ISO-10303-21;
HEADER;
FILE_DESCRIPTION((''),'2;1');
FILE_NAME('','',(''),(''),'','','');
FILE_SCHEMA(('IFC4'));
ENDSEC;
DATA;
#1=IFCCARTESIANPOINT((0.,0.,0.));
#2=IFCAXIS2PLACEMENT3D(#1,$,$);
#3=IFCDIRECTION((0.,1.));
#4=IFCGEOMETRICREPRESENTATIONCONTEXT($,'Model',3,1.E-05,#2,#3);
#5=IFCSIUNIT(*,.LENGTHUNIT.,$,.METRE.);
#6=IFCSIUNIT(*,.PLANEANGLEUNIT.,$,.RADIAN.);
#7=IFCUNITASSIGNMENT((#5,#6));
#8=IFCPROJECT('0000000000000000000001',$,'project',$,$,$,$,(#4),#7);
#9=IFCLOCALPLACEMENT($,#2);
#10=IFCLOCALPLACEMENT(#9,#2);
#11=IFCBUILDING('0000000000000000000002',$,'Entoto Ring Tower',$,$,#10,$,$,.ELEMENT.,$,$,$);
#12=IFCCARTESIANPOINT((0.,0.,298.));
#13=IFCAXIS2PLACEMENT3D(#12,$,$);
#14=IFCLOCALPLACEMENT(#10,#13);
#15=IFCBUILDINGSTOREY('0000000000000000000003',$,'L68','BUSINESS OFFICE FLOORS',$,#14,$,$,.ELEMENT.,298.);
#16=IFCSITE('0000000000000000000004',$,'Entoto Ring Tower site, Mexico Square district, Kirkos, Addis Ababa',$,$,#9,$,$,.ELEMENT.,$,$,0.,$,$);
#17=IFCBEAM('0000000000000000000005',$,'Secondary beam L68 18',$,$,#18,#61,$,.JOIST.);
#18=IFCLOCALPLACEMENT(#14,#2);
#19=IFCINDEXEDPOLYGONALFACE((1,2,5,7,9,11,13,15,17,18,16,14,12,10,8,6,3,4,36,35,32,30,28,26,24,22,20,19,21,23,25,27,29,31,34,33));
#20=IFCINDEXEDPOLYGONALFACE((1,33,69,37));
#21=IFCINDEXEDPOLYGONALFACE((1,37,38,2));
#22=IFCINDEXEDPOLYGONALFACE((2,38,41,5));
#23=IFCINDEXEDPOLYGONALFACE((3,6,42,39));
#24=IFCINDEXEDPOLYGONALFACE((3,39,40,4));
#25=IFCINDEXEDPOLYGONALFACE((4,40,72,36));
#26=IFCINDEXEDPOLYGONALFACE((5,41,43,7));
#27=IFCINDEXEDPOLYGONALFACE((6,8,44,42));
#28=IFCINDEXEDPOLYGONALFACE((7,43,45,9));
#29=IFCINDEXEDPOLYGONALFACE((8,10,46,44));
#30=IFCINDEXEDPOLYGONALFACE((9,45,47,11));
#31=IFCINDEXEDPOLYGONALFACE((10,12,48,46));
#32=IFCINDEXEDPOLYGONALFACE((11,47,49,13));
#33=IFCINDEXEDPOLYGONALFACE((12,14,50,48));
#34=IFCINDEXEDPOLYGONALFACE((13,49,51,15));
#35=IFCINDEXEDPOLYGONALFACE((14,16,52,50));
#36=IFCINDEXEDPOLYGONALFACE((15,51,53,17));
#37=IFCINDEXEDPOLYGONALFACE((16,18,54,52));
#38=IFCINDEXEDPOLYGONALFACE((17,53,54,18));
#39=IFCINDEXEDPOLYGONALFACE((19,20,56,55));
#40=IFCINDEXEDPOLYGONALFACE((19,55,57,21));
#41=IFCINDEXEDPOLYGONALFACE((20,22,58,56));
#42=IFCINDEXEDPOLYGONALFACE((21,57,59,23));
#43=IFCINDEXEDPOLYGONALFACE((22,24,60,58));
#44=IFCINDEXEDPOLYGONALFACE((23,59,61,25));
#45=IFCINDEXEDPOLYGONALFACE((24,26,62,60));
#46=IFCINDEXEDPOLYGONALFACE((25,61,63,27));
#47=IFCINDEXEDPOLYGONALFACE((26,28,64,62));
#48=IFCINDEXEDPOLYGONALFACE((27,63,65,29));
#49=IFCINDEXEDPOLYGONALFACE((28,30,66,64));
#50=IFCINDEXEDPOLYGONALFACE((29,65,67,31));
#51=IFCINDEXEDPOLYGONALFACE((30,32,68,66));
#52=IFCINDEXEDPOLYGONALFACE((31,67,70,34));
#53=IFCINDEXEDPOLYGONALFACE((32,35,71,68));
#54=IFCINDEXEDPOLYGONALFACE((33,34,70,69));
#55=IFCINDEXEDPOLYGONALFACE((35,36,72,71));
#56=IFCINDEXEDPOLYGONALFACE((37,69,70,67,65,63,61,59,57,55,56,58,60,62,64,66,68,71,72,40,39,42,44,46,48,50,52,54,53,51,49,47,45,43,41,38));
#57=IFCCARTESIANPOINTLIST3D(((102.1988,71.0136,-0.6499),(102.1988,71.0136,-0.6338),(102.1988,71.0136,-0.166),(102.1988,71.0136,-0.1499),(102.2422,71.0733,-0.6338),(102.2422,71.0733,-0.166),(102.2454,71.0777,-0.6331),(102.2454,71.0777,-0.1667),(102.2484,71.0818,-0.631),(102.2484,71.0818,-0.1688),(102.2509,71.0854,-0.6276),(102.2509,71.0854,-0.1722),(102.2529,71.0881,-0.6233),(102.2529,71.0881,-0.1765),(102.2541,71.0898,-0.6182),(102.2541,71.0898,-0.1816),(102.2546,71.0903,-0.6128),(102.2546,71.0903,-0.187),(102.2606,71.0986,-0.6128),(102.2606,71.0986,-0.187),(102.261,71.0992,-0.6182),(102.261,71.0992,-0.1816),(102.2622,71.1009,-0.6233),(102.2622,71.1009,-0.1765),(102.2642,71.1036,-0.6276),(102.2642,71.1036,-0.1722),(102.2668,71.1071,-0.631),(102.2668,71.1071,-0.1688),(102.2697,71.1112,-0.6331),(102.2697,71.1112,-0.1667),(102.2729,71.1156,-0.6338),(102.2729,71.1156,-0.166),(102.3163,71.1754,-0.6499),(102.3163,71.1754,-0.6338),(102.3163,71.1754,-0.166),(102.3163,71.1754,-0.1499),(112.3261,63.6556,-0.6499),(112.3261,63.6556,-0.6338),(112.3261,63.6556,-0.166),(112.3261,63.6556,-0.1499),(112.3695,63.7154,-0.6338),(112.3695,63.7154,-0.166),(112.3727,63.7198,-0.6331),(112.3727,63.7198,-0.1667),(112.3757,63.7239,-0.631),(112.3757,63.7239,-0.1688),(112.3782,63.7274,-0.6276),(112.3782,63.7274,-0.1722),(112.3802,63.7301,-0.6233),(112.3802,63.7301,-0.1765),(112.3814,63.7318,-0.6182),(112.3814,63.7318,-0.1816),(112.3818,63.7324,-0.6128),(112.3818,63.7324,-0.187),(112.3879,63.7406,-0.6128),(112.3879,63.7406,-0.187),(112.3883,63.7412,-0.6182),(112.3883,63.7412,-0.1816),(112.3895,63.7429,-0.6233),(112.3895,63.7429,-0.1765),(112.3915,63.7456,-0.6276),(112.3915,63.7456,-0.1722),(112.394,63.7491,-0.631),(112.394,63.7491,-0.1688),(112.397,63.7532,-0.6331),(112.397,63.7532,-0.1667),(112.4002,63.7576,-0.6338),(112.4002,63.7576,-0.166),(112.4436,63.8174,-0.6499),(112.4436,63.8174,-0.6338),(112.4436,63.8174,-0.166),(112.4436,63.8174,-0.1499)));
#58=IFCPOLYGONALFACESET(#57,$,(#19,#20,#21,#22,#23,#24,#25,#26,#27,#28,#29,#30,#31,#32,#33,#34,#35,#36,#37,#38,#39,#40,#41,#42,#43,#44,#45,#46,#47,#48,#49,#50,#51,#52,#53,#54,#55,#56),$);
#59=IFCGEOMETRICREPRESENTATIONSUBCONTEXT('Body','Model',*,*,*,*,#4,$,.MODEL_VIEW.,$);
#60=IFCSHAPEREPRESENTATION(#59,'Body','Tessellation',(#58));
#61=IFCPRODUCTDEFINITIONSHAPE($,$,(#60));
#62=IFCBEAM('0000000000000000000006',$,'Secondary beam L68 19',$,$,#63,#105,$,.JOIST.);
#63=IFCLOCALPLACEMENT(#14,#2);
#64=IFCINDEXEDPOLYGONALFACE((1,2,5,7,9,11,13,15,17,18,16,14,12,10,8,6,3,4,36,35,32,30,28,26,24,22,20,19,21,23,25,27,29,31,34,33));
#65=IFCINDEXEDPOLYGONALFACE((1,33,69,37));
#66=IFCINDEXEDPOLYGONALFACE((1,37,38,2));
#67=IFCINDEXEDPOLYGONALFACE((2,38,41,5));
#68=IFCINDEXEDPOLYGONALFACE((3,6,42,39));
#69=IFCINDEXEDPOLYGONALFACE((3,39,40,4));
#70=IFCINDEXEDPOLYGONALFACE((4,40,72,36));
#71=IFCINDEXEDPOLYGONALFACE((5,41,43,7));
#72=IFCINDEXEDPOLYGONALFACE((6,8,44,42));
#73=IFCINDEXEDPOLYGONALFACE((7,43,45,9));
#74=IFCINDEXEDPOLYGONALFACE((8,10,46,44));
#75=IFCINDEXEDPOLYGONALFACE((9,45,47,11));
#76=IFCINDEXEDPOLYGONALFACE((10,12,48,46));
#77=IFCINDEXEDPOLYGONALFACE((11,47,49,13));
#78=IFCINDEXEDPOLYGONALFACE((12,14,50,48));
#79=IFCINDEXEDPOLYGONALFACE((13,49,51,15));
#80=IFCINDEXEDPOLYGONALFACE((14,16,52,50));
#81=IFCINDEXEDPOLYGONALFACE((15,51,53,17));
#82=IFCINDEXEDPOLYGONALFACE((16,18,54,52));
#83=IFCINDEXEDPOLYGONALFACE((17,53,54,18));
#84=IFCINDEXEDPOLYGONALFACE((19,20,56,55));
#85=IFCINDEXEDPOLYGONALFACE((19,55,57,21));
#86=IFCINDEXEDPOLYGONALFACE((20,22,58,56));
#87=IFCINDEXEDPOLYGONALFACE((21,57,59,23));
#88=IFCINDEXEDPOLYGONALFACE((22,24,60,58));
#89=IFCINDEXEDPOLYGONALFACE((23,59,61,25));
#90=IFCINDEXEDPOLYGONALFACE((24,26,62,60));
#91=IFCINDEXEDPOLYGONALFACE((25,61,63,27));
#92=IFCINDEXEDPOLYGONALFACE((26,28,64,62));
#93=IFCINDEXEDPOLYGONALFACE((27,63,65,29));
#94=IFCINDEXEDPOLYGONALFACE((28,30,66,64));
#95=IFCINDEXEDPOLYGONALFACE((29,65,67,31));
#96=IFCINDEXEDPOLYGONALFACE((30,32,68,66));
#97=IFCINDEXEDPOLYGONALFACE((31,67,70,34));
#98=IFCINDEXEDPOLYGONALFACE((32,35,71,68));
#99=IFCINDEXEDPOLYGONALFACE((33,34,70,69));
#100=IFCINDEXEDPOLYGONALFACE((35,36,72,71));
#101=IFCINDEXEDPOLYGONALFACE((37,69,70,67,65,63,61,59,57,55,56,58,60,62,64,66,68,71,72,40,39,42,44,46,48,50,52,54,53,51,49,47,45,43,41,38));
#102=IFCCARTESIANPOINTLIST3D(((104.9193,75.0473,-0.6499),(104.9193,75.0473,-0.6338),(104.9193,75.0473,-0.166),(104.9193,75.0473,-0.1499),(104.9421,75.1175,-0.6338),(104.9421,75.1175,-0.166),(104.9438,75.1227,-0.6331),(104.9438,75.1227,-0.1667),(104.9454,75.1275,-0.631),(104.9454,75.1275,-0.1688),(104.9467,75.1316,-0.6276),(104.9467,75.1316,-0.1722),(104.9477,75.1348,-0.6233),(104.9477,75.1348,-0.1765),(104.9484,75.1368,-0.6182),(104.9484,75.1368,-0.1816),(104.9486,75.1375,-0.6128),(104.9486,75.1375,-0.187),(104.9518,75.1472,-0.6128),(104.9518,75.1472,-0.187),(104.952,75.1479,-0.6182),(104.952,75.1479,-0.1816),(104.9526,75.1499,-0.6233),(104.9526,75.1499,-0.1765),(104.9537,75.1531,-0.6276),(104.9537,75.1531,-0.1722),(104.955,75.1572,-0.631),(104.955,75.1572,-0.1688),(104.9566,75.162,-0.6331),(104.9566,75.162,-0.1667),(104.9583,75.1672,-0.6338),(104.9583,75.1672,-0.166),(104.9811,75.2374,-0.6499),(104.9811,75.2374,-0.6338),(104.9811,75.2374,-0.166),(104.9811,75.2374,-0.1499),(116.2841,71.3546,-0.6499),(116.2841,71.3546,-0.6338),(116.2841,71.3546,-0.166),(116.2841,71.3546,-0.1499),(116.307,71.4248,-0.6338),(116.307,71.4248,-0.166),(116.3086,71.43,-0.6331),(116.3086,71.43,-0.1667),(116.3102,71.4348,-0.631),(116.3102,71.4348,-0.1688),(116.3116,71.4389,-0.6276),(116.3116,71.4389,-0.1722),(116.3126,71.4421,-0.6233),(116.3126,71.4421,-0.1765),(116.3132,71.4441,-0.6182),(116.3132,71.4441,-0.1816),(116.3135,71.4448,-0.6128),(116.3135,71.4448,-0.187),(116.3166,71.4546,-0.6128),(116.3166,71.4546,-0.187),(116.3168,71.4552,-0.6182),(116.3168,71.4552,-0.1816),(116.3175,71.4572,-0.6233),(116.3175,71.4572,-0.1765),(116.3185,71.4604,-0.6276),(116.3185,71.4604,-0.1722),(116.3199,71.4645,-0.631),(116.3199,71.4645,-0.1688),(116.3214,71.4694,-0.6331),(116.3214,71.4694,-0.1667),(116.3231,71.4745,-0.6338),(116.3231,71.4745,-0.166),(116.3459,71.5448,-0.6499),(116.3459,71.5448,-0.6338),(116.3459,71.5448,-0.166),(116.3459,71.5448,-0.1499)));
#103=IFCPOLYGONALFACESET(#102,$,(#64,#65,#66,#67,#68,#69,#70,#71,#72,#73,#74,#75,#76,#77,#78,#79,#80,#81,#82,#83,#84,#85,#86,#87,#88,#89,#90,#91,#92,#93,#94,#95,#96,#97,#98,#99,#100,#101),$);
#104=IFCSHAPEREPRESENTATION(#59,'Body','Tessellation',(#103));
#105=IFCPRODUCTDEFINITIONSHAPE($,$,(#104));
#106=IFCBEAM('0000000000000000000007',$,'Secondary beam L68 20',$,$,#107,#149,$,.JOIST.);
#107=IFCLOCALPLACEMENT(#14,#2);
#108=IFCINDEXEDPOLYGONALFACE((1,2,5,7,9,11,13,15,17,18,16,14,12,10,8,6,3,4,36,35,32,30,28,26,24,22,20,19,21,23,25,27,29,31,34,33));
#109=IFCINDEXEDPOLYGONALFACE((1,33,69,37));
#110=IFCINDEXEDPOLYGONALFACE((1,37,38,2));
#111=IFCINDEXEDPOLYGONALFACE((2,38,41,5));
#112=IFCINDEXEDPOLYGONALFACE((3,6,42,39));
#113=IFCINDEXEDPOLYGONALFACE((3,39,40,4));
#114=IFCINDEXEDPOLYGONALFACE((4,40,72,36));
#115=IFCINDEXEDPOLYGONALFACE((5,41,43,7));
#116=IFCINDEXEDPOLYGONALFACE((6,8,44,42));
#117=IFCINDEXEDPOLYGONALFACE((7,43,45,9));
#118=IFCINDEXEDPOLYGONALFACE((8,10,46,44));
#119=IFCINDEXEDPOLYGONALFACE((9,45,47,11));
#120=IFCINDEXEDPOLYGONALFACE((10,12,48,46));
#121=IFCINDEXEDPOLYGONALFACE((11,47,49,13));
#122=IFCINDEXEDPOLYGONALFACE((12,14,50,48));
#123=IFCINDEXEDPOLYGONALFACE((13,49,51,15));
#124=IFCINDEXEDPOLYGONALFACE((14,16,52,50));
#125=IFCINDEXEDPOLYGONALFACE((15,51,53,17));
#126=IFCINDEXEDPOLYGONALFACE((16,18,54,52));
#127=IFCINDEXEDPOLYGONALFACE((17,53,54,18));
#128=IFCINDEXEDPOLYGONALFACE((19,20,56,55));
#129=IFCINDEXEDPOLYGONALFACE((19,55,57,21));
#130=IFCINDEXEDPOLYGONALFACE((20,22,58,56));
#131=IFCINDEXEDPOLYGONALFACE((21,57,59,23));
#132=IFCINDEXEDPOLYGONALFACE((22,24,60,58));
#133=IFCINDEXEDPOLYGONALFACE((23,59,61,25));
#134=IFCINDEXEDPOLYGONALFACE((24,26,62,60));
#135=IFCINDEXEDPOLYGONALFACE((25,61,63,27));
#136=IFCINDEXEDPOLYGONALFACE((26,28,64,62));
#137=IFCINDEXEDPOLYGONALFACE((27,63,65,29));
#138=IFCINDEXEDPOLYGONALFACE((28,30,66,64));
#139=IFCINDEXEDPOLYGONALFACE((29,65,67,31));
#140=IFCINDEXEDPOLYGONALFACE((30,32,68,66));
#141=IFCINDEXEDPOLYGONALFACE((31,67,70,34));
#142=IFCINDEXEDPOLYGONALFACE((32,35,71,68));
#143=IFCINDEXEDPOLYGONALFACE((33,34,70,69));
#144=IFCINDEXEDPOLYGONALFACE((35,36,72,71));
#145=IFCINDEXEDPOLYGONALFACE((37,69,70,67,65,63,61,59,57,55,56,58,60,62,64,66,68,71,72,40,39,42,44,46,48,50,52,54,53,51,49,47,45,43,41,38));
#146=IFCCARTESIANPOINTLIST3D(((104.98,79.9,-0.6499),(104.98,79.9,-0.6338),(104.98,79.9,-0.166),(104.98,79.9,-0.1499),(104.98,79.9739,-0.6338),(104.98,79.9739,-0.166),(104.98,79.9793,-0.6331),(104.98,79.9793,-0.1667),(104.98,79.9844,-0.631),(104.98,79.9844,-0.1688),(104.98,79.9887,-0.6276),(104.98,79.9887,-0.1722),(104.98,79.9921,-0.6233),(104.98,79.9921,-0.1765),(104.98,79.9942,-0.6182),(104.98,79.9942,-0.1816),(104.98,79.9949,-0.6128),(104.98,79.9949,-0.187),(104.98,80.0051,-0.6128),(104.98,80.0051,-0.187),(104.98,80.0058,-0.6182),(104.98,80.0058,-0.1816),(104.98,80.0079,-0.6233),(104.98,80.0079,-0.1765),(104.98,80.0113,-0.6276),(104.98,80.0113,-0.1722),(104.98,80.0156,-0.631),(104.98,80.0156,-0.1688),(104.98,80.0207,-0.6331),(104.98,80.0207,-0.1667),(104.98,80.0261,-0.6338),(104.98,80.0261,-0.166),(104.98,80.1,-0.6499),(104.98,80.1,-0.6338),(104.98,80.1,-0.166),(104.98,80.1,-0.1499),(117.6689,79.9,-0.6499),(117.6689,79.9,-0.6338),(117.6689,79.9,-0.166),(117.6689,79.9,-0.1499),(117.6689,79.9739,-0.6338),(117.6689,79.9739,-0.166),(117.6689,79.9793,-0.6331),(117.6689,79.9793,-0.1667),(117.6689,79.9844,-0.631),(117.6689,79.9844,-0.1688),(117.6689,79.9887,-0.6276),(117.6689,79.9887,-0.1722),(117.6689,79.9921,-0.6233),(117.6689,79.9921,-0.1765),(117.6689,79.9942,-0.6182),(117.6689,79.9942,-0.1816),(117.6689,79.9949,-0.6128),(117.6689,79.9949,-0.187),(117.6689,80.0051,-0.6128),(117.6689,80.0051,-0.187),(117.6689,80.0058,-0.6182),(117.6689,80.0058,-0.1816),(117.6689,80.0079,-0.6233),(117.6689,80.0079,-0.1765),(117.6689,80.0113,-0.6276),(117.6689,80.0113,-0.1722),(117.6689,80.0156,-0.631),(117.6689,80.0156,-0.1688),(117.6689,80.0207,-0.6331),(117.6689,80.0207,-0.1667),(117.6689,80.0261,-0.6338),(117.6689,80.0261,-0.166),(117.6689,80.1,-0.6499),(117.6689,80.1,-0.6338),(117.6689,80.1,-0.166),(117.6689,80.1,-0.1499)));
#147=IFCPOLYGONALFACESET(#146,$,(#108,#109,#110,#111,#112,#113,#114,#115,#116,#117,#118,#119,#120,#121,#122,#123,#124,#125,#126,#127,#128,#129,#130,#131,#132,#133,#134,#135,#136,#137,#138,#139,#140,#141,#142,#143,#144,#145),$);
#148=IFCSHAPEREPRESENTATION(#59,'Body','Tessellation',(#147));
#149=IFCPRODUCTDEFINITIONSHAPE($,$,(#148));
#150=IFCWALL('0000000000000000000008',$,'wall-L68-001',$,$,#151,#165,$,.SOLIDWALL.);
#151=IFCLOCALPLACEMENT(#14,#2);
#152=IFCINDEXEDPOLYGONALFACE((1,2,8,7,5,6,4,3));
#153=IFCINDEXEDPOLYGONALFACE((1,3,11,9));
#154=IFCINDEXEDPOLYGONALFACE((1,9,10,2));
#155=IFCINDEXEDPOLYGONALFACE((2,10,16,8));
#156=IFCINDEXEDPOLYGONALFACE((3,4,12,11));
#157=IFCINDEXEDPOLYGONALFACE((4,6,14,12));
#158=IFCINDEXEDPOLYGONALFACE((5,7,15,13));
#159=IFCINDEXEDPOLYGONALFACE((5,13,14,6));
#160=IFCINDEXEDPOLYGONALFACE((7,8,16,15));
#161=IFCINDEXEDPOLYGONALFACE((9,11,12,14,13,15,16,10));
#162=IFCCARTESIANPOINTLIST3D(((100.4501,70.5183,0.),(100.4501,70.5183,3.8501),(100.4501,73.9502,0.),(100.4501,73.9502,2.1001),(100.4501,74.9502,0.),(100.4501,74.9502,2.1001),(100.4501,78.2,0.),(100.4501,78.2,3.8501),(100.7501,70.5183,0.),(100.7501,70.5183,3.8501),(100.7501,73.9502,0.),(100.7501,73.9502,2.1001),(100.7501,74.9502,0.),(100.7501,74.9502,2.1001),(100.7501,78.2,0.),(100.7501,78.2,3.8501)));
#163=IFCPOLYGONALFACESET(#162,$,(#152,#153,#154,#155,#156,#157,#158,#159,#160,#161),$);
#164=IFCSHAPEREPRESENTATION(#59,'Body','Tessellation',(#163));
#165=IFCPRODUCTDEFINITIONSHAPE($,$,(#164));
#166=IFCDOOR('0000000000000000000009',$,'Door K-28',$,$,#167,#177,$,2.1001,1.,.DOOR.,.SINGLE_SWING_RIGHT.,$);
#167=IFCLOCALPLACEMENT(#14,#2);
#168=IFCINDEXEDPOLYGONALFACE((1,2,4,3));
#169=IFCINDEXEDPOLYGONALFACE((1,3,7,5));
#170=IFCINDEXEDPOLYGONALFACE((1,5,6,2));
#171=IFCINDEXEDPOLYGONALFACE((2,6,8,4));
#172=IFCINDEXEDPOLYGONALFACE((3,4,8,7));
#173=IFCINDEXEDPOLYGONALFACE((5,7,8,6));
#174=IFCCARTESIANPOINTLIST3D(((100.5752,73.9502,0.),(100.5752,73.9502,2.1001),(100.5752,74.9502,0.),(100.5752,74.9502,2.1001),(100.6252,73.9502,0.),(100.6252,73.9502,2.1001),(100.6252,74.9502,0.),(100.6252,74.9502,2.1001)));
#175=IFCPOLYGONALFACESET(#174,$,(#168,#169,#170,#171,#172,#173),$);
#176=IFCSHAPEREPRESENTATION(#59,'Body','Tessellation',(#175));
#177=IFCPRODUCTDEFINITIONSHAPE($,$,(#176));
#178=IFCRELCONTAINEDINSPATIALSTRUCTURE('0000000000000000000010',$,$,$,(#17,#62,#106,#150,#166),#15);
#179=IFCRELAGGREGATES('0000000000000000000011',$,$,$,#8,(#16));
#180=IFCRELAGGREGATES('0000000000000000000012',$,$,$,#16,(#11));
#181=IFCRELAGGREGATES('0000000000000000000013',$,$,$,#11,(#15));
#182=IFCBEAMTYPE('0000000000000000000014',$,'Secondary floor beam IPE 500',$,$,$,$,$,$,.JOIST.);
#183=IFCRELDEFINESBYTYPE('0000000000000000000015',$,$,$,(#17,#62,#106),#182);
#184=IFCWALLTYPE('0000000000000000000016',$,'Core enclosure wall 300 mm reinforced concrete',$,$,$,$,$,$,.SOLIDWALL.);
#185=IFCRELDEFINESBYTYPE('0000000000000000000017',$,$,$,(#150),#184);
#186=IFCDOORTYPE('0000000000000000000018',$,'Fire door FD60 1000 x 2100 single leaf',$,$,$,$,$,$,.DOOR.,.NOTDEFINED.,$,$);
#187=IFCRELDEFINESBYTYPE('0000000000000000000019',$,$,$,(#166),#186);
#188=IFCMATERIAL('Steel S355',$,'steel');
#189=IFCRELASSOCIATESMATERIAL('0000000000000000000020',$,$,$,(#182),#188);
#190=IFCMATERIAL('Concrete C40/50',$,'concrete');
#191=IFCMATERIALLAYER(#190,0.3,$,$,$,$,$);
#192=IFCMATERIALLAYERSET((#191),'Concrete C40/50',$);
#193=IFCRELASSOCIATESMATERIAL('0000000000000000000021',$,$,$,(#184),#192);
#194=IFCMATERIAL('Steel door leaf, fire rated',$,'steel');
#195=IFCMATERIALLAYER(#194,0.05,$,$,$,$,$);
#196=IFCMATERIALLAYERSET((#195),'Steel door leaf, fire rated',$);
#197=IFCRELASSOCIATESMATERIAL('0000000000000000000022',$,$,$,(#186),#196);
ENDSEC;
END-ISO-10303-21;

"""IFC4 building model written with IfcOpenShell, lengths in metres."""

from ifc_helpers import new_model, si_unit, direction, frame, frame_2d, origin, origin_2d, place, context, subcontext, project, spatial, rectangle, i_section, extrude, material, layer, layer_set, material_profile, profile_set, type_object, element, fill, save


model = new_model("IFC4")

# Units and contexts
model_context = context("Model", 3, precision=1e-05, world=origin(), true_north=direction((0.0, 1.0)))
body_context = subcontext(model_context, "Body", "Model", "MODEL_VIEW")
ifc_project = project(units=[si_unit("LENGTHUNIT", "METRE"), si_unit("PLANEANGLEUNIT", "RADIAN")], contexts=[model_context])

# Site, building, storey
site_placement = place(None, origin())
site = spatial("IfcSite", under=ifc_project, at=site_placement, Name="Entoto Ring Tower site, Mexico Square district, Kirkos, Addis Ababa", CompositionType="ELEMENT", RefElevation=0.0)
building_placement = place(site_placement, origin())
building = spatial("IfcBuilding", under=site, at=building_placement, Name="Entoto Ring Tower", CompositionType="ELEMENT")
storey_placement = place(building_placement, frame((0.0, 0.0, 298.0)))
storey = spatial("IfcBuildingStorey", under=building, at=storey_placement, Name="L68", Description="BUSINESS OFFICE FLOORS", CompositionType="ELEMENT", Elevation=298.0)

# Beams
ifc_material_1 = material(Name="Steel S355", Category="steel")
ifc_material_profile_1 = material_profile(ifc_material_1, i_section(OverallWidth=0.2, OverallDepth=0.5, WebThickness=0.0103, FlangeThickness=0.0161, FilletRadius=0.021, at=origin_2d()), Name="IPE 500")
ifc_profile_set_1 = profile_set([ifc_material_profile_1], Name="Steel S355")
beam_type_1 = type_object("IfcBeamType", Name="Secondary floor beam IPE 500", PredefinedType="JOIST", material=ifc_profile_set_1)
for number, where, z_axis, x_axis, name in (
    (1, (102.2576, 71.0945, -0.3999), (0.809014, -0.587789, 0.0), (0.587789, 0.809014, 0.0), "Secondary beam L68 18"),
):
    element("IfcBeam", number, at=place(storey_placement, frame(where, z_axis=z_axis, x_axis=x_axis)), inside=storey, type_object=beam_type_1, Name=name, PredefinedType="JOIST", context=body_context, shape_type="SweptSolid", body=[
        extrude(i_section(OverallWidth=0.2, OverallDepth=0.5, WebThickness=0.0103, FlangeThickness=0.0161, FilletRadius=0.021, at=origin_2d()), origin(), (0.0, 0.0, 1.0), 12.5181),
    ])
beam_1_placement = place(storey_placement, frame((104.9502, 75.1423, -0.3999), z_axis=(0.951057, -0.309017, 0.0), x_axis=(0.309017, 0.951057, 0.0)))
element("IfcBeam", 2, at=beam_1_placement, inside=storey, type_object=beam_type_1, Name="Secondary beam L68 19", PredefinedType="JOIST", context=body_context, shape_type="SweptSolid", body=[
    extrude(i_section(OverallWidth=0.2, OverallDepth=0.5, WebThickness=0.0103, FlangeThickness=0.0161, FilletRadius=0.021, at=origin_2d()), origin(), (0.0, 0.0, 1.0), 11.9497),
])
beam_2_placement = place(storey_placement, frame((104.98, 80.0, -0.3999), z_axis=(1.0, 0.0, 0.0), x_axis=(0.0, 1.0, 0.0)))
element("IfcBeam", 3, at=beam_2_placement, inside=storey, type_object=beam_type_1, Name="Secondary beam L68 20", PredefinedType="JOIST", context=body_context, shape_type="SweptSolid", body=[
    extrude(i_section(OverallWidth=0.2, OverallDepth=0.5, WebThickness=0.0103, FlangeThickness=0.0161, FilletRadius=0.021, at=origin_2d()), origin(), (0.0, 0.0, 1.0), 12.689),
])

# Wall, opening, door
ifc_material_2 = material(Name="Concrete C40/50", Category="concrete")
ifc_layer_1 = layer(ifc_material_2, 0.3)
ifc_layer_set_1 = layer_set([ifc_layer_1], Name="Concrete C40/50")
wall_type_1 = type_object("IfcWallType", Name="Core enclosure wall 300 mm reinforced concrete", PredefinedType="SOLIDWALL", material=ifc_layer_set_1)
wall_1_placement = place(storey_placement, frame((100.6001, 70.5183, 0.0), z_axis=(0.0, 0.0, 1.0), x_axis=(0.0, 1.0, 0.0)))
wall_1 = element("IfcWall", 4, at=wall_1_placement, inside=storey, type_object=wall_type_1, Name="wall-L68-001", PredefinedType="SOLIDWALL", context=body_context, shape_type="SweptSolid", body=[
    extrude(rectangle(XDim=7.6816, YDim=0.3, at=frame_2d((3.8408, 0.0))), origin(), (0.0, 0.0, 1.0), 3.8501),
])
opening_1_placement = place(wall_1_placement, frame((3.4319, 0.0, 0.0)))
opening_1 = element("IfcOpeningElement", 5, at=opening_1_placement, cuts=wall_1, PredefinedType="OPENING", context=body_context, shape_type="SweptSolid", body=[
    extrude(rectangle(XDim=1.0, YDim=2.1001, at=frame_2d((0.5, 1.05))), frame((0.0, 0.1602, 0.0), z_axis=(0.0, -1.0, 0.0), x_axis=(1.0, 0.0, 0.0)), (0.0, 0.0, 1.0), 0.3201),
])
ifc_material_3 = material(Name="Steel door leaf, fire rated", Category="steel")
ifc_layer_2 = layer(ifc_material_3, 0.05)
ifc_layer_set_2 = layer_set([ifc_layer_2], Name="Steel door leaf, fire rated")
door_type_1 = type_object("IfcDoorType", Name="Fire door FD60 1000 x 2100 single leaf", OperationType="NOTDEFINED", PredefinedType="DOOR", material=ifc_layer_set_2)
door_1_placement = place(opening_1_placement, origin())
door_1 = element("IfcDoor", 6, at=door_1_placement, inside=storey, type_object=door_type_1, Name="Door K-28", OperationType="SINGLE_SWING_RIGHT", OverallHeight=2.1001, OverallWidth=1.0, PredefinedType="DOOR", context=body_context, shape_type="SweptSolid", body=[
    extrude(rectangle(XDim=1.0, YDim=2.1001, at=frame_2d((0.5, 1.05))), frame((0.0, 0.0249, 0.0), z_axis=(0.0, -1.0, 0.0), x_axis=(1.0, 0.0, 0.0)), (0.0, 0.0, 1.0), 0.05),
])
fill(opening_1, door_1)

save(model, "model.ifc")
